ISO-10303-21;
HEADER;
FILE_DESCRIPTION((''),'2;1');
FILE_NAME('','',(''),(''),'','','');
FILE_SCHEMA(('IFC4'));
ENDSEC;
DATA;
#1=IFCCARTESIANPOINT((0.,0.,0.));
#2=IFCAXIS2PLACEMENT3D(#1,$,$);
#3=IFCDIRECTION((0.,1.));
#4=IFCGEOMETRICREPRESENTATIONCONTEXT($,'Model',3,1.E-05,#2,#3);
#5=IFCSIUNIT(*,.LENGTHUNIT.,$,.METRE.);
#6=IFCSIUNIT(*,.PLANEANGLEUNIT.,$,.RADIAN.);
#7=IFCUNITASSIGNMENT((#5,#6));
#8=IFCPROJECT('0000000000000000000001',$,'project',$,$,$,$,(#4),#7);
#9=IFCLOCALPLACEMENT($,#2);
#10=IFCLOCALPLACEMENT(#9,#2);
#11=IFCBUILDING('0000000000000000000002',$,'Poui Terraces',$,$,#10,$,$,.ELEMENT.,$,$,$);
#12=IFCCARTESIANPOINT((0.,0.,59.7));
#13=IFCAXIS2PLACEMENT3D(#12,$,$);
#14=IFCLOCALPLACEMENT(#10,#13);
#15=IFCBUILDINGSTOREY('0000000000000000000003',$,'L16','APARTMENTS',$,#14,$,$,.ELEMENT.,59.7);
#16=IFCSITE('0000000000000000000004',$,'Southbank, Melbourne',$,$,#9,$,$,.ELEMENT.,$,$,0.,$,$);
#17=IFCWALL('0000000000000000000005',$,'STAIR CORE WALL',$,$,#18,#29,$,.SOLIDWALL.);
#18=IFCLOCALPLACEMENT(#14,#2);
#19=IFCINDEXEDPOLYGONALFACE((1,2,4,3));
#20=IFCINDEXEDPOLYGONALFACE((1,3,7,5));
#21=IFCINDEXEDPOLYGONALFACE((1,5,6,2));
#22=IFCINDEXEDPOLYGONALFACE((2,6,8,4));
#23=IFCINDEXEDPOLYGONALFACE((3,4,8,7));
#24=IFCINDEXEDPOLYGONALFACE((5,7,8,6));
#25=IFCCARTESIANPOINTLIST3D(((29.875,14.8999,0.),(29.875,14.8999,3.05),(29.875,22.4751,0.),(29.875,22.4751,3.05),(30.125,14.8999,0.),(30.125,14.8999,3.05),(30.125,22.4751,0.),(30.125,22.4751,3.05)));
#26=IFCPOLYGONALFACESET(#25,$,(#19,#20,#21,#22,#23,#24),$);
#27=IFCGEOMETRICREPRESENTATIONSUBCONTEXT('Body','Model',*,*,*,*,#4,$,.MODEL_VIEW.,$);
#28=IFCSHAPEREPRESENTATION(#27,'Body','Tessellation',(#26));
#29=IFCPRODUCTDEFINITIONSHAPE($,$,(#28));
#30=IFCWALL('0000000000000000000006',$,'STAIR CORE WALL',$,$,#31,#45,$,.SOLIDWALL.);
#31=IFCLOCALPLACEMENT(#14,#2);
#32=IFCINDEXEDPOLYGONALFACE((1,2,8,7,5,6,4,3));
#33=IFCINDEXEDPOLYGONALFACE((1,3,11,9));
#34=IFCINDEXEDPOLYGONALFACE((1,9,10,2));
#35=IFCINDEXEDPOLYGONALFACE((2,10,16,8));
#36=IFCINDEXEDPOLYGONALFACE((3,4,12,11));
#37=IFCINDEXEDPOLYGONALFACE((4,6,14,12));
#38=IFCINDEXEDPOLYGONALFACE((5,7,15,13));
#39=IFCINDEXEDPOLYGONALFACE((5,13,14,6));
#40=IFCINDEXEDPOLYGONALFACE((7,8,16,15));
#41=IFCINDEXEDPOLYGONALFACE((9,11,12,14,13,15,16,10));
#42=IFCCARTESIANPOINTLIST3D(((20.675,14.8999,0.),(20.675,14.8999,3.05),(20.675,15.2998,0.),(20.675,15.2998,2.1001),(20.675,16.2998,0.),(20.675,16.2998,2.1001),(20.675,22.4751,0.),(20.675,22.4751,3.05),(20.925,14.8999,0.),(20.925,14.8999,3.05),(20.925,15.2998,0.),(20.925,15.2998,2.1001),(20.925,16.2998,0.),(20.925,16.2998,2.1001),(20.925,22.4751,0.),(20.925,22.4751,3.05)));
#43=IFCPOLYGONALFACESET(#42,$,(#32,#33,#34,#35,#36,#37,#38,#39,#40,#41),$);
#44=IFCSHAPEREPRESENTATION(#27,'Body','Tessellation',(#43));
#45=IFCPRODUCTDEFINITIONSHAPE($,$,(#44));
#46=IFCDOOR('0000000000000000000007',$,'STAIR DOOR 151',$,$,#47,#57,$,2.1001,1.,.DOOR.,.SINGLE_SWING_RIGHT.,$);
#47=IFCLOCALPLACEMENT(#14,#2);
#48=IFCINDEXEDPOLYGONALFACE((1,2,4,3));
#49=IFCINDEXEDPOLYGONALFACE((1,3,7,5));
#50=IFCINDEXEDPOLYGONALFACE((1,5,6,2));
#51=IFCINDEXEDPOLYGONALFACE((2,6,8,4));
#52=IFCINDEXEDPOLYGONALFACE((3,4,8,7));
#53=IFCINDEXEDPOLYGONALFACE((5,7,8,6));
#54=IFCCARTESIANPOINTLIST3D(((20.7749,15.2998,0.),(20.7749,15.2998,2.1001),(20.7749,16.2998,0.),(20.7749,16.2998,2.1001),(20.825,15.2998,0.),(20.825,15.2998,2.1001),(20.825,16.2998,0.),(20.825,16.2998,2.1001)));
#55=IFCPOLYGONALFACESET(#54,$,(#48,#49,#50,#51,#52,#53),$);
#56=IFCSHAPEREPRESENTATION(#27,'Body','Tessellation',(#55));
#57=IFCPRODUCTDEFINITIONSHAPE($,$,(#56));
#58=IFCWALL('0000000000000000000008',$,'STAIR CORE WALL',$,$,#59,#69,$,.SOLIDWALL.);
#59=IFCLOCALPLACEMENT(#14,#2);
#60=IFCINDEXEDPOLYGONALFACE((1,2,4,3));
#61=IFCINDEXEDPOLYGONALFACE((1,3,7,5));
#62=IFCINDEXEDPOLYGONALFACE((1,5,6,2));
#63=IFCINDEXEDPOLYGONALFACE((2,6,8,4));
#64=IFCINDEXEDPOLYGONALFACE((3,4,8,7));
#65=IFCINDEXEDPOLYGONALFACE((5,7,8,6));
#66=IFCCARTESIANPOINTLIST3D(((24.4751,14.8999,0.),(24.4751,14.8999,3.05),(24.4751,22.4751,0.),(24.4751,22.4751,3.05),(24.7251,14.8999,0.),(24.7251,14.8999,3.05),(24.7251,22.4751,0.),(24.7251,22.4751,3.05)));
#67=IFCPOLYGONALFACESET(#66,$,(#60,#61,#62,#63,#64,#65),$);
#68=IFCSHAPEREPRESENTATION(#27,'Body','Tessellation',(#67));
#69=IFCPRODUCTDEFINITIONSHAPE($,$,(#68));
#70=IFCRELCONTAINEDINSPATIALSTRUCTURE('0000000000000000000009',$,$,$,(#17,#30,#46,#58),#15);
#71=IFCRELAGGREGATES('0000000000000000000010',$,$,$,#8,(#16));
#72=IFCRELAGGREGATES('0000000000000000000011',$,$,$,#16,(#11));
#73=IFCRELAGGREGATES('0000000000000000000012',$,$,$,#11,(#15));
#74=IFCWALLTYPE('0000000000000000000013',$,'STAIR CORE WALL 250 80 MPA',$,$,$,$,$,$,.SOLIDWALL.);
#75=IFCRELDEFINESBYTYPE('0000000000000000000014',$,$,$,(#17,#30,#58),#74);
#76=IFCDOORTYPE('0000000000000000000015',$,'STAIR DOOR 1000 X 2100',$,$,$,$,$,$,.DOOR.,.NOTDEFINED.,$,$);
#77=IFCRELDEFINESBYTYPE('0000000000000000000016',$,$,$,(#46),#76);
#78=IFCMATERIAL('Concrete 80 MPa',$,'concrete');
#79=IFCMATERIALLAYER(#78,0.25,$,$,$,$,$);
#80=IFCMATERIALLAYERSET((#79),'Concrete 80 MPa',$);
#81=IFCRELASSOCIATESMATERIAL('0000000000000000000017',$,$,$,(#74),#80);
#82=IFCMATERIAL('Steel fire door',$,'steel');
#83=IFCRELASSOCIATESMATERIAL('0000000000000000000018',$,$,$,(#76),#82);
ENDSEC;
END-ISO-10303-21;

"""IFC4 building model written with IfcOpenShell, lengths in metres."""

from ifc_helpers import new_model, si_unit, direction, frame, frame_2d, origin, place, context, subcontext, project, spatial, rectangle, extrude, material, layer, layer_set, type_object, element, fill, save


model = new_model("IFC4")

# Units and contexts
model_context = context("Model", 3, precision=1e-05, world=origin(), true_north=direction((0.0, 1.0)))
body_context = subcontext(model_context, "Body", "Model", "MODEL_VIEW")
ifc_project = project(units=[si_unit("LENGTHUNIT", "METRE"), si_unit("PLANEANGLEUNIT", "RADIAN")], contexts=[model_context])

# Site, building, storey
site_placement = place(None, origin())
site = spatial("IfcSite", under=ifc_project, at=site_placement, Name="Southbank, Melbourne", CompositionType="ELEMENT", RefElevation=0.0)
building_placement = place(site_placement, origin())
building = spatial("IfcBuilding", under=site, at=building_placement, Name="Poui Terraces", CompositionType="ELEMENT")
storey_placement = place(building_placement, frame((0.0, 0.0, 59.7)))
storey = spatial("IfcBuildingStorey", under=building, at=storey_placement, Name="L16", Description="APARTMENTS", CompositionType="ELEMENT", Elevation=59.7)

# Shared definitions
ifc_material_1 = material(Name="Concrete 80 MPa", Category="concrete")

# Shared definitions
ifc_material_2 = material(Name="Steel fire door", Category="steel")

# Wall
ifc_layer_1 = layer(ifc_material_1, 0.25)
ifc_layer_set_1 = layer_set([ifc_layer_1], Name="Concrete 80 MPa")
wall_type_1 = type_object("IfcWallType", Name="STAIR CORE WALL 250 80 MPA", PredefinedType="SOLIDWALL", material=ifc_layer_set_1)
wall_1_placement = place(storey_placement, frame((30.0, 14.8999, 0.0), z_axis=(0.0, 0.0, 1.0), x_axis=(0.0, 1.0, 0.0)))
element("IfcWall", 1, at=wall_1_placement, inside=storey, type_object=wall_type_1, Name="STAIR CORE WALL", PredefinedType="SOLIDWALL", context=body_context, shape_type="SweptSolid", body=[
    extrude(rectangle(XDim=7.5752, YDim=0.25, at=frame_2d((3.7876, 0.0))), origin(), (0.0, 0.0, 1.0), 3.05),
])

# Wall, opening, door
wall_2_placement = place(storey_placement, frame((20.8, 14.8999, 0.0), z_axis=(0.0, 0.0, 1.0), x_axis=(0.0, 1.0, 0.0)))
wall_2 = element("IfcWall", 2, at=wall_2_placement, inside=storey, type_object=wall_type_1, Name="STAIR CORE WALL", PredefinedType="SOLIDWALL", context=body_context, shape_type="SweptSolid", body=[
    extrude(rectangle(XDim=7.5752, YDim=0.25, at=frame_2d((3.7876, 0.0))), origin(), (0.0, 0.0, 1.0), 3.05),
])
opening_1_placement = place(wall_2_placement, frame((0.3999, 0.0, 0.0)))
opening_1 = element("IfcOpeningElement", 3, at=opening_1_placement, cuts=wall_2, PredefinedType="OPENING", context=body_context, shape_type="SweptSolid", body=[
    extrude(rectangle(XDim=1.0, YDim=2.1001, at=frame_2d((0.5, 1.05))), frame((0.0, 0.135, 0.0), z_axis=(0.0, -1.0, 0.0), x_axis=(1.0, 0.0, 0.0)), (0.0, 0.0, 1.0), 0.27),
])
door_type_1 = type_object("IfcDoorType", Name="STAIR DOOR 1000 X 2100", OperationType="NOTDEFINED", PredefinedType="DOOR", material=ifc_material_2)
door_1_placement = place(opening_1_placement, frame((1.0, 0.0, 0.0), z_axis=(0.0, 0.0, 1.0), x_axis=(-1.0, 0.0, 0.0)))
door_1 = element("IfcDoor", 4, at=door_1_placement, inside=storey, type_object=door_type_1, Name="STAIR DOOR 151", OperationType="SINGLE_SWING_RIGHT", OverallHeight=2.1001, OverallWidth=1.0, PredefinedType="DOOR", context=body_context, shape_type="SweptSolid", body=[
    extrude(rectangle(XDim=1.0, YDim=2.1001, at=frame_2d((0.5, 1.05))), frame((0.0, 0.0249, 0.0), z_axis=(0.0, -1.0, 0.0), x_axis=(1.0, 0.0, 0.0)), (0.0, 0.0, 1.0), 0.05),
])
fill(opening_1, door_1)

# Wall
wall_3_placement = place(storey_placement, frame((24.6001, 14.8999, 0.0), z_axis=(0.0, 0.0, 1.0), x_axis=(0.0, 1.0, 0.0)))
element("IfcWall", 5, at=wall_3_placement, inside=storey, type_object=wall_type_1, Name="STAIR CORE WALL", PredefinedType="SOLIDWALL", context=body_context, shape_type="SweptSolid", body=[
    extrude(rectangle(XDim=7.5752, YDim=0.25, at=frame_2d((3.7876, 0.0))), origin(), (0.0, 0.0, 1.0), 3.05),
])

save(model, "model.ifc")
